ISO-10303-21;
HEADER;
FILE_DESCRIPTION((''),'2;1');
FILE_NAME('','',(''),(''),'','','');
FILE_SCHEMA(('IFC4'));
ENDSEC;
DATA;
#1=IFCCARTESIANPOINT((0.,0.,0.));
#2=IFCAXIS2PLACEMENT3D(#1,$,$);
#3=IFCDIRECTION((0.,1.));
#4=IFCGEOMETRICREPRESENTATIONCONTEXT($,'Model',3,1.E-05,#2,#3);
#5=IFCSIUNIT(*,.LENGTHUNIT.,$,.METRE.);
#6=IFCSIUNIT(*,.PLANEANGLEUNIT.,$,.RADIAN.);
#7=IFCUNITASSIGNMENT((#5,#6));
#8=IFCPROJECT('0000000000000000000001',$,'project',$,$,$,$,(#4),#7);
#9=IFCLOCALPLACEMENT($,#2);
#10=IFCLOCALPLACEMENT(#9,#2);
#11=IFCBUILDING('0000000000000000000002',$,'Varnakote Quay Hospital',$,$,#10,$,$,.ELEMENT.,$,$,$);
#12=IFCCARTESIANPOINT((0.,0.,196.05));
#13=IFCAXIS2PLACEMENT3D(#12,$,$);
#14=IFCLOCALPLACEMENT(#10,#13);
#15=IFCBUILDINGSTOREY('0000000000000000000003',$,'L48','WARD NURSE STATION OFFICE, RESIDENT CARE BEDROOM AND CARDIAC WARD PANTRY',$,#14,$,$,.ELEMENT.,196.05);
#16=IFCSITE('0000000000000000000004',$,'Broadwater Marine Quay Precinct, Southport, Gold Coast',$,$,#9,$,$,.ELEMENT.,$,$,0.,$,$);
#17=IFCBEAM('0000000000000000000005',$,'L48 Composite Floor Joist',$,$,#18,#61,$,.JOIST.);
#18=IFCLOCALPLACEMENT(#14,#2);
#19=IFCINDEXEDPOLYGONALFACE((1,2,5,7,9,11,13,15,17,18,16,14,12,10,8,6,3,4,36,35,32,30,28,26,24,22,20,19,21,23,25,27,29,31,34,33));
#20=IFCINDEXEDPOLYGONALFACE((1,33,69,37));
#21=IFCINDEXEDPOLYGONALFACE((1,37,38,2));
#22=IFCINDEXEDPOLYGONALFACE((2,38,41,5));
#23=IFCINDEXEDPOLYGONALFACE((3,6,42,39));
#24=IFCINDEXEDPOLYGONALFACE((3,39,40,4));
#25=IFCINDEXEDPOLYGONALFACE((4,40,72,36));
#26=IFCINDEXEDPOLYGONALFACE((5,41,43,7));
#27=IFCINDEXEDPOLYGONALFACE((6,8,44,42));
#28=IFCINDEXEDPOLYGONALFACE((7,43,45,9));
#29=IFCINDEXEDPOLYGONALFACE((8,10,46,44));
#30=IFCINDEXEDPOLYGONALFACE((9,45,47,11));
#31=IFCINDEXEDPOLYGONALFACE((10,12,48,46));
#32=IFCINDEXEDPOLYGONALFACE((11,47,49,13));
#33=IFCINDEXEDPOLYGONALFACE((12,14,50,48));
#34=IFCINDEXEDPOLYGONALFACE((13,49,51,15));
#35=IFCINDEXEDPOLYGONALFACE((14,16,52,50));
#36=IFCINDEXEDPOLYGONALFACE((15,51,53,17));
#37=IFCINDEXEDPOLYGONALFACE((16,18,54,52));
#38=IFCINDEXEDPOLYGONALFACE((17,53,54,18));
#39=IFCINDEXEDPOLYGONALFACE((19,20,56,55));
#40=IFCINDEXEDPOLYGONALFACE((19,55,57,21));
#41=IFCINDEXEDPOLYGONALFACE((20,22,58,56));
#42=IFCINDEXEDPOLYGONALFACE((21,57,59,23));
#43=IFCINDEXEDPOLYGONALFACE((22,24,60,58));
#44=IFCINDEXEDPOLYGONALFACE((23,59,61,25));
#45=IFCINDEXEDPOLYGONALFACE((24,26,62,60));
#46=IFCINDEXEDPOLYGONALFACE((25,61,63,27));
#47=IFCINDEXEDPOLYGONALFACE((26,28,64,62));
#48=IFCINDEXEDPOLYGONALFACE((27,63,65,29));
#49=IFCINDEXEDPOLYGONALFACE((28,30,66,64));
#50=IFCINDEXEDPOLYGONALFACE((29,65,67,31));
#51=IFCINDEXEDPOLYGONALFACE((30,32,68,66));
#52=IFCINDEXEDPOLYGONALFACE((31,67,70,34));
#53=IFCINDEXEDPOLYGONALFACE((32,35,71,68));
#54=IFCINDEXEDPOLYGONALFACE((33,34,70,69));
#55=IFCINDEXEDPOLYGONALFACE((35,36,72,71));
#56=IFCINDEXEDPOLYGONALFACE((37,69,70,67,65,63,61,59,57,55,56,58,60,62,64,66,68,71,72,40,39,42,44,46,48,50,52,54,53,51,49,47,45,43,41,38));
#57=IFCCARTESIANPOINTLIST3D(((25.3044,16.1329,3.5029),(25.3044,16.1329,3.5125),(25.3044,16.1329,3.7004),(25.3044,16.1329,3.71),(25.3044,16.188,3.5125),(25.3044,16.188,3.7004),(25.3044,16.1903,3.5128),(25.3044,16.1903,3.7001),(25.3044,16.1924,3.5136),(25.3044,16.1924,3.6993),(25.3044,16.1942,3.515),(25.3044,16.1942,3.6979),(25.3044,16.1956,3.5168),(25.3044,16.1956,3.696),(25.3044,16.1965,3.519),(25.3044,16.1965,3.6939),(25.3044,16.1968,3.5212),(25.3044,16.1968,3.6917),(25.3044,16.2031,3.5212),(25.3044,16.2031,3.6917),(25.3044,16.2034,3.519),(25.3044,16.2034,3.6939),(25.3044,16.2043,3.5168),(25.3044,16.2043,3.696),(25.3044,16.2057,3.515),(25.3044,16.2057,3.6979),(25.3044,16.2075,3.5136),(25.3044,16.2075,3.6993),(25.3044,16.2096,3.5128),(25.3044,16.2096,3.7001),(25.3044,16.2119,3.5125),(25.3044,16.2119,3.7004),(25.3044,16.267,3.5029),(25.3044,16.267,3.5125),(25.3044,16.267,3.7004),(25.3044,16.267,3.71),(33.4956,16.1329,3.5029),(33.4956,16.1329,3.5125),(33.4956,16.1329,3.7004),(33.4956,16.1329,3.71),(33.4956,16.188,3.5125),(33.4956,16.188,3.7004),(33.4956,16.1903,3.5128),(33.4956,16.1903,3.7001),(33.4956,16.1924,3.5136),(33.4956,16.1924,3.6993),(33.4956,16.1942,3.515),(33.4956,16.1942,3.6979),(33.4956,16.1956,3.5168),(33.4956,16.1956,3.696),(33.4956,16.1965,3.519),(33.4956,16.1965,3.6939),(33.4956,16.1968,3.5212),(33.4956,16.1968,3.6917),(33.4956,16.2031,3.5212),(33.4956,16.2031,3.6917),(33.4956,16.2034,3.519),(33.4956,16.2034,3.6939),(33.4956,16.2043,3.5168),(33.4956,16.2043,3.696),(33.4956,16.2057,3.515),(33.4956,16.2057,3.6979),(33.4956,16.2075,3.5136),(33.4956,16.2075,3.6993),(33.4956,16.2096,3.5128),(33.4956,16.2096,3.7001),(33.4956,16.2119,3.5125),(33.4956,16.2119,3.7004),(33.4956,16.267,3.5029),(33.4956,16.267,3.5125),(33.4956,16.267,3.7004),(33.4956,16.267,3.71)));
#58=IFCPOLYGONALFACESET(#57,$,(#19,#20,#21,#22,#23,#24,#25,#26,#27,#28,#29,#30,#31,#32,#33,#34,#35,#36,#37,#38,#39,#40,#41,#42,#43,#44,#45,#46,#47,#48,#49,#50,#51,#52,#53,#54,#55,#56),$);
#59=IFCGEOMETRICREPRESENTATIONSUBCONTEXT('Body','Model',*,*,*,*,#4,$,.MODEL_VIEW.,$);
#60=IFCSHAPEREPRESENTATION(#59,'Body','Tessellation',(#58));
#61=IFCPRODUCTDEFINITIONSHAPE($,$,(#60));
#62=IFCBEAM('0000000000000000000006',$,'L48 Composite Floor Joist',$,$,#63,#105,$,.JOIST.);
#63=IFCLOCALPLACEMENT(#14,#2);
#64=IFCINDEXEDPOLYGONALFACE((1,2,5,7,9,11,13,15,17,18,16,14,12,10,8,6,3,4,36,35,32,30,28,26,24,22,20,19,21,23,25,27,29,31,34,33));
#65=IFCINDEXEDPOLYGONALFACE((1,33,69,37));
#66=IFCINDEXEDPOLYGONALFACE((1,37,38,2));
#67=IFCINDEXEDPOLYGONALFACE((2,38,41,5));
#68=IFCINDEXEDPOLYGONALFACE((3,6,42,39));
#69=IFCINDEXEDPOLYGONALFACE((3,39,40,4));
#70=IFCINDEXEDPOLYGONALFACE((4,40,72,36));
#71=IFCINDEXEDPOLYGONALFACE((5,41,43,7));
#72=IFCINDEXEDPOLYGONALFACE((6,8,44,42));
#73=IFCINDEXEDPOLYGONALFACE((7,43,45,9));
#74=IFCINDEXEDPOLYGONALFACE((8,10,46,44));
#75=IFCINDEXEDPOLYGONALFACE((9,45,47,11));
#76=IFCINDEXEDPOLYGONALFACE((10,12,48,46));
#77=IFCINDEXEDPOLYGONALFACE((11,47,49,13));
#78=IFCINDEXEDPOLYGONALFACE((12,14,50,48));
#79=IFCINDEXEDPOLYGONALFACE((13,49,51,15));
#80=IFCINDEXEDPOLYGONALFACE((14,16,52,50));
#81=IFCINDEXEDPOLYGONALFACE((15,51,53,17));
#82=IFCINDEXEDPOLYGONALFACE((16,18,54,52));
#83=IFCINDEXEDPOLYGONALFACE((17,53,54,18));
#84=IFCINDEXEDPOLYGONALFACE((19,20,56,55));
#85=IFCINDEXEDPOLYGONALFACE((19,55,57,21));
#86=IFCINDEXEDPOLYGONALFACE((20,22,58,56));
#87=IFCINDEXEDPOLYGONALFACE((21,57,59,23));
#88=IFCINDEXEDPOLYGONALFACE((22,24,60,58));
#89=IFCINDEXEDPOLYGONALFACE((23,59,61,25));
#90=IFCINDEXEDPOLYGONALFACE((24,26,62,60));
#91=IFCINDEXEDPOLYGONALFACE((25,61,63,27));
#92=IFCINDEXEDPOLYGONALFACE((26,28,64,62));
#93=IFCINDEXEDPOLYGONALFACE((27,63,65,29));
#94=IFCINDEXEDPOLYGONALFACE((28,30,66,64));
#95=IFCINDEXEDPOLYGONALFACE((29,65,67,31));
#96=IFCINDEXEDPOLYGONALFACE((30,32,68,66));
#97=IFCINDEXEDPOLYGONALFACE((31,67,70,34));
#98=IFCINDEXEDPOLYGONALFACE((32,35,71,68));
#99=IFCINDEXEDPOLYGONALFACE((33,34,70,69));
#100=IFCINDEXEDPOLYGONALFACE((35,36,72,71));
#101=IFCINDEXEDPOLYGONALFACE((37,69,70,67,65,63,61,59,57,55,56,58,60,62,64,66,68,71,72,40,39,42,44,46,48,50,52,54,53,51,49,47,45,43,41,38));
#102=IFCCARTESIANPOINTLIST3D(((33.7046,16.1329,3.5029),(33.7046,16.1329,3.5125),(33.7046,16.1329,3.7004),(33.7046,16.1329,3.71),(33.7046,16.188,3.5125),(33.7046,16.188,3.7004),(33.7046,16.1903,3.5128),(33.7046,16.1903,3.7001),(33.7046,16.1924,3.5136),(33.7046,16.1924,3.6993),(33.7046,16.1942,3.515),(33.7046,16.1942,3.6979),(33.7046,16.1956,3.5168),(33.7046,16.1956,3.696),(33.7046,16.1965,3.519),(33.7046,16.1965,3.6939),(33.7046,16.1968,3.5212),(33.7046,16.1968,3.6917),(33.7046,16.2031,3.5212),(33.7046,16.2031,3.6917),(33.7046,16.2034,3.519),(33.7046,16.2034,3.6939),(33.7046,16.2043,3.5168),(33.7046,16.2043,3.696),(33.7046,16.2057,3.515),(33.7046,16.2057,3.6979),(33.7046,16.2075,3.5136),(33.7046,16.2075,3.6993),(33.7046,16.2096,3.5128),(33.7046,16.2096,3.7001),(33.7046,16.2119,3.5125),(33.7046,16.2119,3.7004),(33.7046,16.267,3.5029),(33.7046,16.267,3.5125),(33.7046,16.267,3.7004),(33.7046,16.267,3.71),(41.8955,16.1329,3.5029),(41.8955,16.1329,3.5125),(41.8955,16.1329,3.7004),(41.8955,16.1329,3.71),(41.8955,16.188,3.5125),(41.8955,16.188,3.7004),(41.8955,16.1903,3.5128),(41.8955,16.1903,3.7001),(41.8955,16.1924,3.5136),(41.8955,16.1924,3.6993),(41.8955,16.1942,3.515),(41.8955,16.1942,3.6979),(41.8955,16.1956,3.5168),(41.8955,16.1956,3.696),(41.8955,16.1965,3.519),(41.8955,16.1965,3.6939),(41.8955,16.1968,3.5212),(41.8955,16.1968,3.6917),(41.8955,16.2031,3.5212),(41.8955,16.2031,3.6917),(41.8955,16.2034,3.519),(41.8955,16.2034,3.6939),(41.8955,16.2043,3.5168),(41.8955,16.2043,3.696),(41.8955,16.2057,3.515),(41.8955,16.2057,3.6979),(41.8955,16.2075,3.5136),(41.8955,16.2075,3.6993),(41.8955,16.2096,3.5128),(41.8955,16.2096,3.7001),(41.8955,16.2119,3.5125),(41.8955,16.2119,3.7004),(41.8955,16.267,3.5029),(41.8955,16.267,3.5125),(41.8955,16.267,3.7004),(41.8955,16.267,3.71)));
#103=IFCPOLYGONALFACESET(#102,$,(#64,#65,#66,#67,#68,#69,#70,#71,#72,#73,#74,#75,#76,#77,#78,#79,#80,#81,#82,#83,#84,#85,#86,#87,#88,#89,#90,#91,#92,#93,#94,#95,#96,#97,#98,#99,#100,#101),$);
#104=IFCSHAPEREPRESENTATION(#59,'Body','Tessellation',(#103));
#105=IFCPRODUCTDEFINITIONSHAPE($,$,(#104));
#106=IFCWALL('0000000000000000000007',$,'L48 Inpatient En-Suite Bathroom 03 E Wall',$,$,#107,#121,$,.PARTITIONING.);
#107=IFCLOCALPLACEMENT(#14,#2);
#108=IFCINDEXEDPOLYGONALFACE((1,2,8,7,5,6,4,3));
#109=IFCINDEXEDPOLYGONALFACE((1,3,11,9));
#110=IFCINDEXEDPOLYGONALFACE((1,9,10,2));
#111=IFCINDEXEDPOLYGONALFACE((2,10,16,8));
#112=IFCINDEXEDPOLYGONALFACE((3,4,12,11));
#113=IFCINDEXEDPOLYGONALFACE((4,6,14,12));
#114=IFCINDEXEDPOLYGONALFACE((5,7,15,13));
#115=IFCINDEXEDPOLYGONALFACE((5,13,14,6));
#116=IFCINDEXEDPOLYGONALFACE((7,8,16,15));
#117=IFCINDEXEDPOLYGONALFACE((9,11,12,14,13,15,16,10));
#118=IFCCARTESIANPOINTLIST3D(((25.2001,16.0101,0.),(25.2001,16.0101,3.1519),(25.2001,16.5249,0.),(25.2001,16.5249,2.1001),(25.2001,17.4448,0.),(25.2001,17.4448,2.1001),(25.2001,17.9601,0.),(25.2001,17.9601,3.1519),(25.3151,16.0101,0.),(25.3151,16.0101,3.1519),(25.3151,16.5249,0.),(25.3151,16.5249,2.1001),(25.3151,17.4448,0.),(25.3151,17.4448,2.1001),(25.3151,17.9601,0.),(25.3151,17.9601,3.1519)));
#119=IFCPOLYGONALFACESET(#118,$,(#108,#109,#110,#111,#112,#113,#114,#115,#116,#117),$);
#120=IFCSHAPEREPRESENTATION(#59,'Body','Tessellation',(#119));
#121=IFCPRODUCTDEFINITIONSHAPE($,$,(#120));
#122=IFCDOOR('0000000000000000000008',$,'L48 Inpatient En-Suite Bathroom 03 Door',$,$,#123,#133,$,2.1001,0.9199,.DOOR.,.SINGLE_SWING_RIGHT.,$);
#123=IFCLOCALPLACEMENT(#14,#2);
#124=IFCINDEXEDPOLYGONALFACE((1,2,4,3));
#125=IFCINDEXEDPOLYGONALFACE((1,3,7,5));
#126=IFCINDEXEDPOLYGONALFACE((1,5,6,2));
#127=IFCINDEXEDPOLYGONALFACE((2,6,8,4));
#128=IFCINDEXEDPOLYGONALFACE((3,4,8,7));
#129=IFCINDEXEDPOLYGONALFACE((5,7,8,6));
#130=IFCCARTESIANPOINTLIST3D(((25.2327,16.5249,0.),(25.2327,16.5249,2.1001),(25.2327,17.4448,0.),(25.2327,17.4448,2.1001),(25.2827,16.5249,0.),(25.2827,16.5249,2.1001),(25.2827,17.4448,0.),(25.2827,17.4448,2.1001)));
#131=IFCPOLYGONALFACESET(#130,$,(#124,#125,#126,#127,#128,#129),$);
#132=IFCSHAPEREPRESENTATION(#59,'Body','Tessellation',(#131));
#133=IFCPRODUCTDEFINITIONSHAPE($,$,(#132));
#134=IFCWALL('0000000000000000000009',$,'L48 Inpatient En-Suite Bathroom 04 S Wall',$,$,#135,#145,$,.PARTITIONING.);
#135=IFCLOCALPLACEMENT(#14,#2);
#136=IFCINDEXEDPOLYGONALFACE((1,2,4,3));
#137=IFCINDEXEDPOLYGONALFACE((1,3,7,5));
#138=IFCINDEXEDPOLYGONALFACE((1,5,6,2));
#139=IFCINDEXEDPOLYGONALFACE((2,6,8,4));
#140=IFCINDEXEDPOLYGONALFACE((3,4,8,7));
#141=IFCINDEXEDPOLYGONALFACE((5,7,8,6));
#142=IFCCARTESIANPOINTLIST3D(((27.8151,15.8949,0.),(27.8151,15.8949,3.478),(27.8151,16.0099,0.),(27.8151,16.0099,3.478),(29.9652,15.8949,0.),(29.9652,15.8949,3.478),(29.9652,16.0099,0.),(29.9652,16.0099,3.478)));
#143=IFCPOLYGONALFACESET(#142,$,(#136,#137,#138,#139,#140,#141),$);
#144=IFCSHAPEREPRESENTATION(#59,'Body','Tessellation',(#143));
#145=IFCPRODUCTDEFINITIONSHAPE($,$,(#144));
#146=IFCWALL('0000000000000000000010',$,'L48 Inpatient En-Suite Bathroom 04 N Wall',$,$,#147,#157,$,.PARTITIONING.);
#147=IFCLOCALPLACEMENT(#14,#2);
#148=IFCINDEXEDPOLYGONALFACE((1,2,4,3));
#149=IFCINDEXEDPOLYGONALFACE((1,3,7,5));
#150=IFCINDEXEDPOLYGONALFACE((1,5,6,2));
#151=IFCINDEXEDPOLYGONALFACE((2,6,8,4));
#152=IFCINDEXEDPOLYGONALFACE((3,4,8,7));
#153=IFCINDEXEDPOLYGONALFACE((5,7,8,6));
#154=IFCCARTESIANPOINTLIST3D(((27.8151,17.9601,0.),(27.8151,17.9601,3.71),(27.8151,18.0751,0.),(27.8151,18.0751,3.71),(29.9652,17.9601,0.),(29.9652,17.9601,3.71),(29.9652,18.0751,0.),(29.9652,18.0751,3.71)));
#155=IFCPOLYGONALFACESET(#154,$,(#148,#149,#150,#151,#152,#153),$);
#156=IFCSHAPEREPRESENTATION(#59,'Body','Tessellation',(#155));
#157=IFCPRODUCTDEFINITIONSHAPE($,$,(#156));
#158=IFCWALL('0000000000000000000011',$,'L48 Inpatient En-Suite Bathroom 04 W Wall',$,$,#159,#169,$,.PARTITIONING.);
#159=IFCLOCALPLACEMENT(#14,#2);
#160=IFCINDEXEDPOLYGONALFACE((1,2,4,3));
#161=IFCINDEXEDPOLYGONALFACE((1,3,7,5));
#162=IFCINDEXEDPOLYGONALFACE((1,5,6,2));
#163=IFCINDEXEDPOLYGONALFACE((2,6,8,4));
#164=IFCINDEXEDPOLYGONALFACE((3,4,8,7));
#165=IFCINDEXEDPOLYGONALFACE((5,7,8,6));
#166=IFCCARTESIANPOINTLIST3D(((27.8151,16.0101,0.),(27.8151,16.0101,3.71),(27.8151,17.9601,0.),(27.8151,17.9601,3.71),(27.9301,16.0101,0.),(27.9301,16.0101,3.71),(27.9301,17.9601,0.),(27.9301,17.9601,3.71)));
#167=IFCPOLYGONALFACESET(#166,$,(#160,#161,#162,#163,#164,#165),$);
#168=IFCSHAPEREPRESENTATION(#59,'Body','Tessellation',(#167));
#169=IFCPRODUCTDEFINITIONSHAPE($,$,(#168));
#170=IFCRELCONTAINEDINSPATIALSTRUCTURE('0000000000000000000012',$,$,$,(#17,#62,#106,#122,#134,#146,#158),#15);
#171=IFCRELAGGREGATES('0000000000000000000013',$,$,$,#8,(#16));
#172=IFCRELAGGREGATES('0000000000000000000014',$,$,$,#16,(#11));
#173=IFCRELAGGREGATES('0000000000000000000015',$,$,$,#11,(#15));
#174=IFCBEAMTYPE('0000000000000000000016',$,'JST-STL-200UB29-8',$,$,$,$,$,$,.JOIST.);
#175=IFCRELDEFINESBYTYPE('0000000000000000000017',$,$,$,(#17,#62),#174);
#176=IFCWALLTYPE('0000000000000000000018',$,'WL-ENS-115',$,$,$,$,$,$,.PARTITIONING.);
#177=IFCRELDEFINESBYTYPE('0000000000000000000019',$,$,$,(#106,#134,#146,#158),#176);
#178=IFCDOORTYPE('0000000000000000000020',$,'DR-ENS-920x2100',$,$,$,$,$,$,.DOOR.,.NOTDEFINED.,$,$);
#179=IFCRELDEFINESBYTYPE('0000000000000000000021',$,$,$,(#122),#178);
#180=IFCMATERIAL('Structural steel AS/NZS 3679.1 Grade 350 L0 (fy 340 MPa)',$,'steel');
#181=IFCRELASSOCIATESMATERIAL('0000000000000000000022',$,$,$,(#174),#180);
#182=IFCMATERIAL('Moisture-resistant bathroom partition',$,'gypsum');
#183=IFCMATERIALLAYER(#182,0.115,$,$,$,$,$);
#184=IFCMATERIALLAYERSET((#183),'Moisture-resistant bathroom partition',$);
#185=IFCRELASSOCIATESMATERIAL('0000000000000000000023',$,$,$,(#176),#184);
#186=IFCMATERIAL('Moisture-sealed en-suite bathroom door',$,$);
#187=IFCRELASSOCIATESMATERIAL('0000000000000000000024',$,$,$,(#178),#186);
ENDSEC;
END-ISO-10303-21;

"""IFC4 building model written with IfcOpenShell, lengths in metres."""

from ifc_helpers import new_model, si_unit, direction, frame, frame_2d, origin, origin_2d, place, context, subcontext, project, spatial, rectangle, i_section, extrude, material, layer, layer_set, material_profile, profile_set, type_object, element, fill, save


model = new_model("IFC4")

# Units and contexts
model_context = context("Model", 3, precision=1e-05, world=origin(), true_north=direction((0.0, 1.0)))
body_context = subcontext(model_context, "Body", "Model", "MODEL_VIEW")
ifc_project = project(units=[si_unit("LENGTHUNIT", "METRE"), si_unit("PLANEANGLEUNIT", "RADIAN")], contexts=[model_context])

# Site, building, storey
site_placement = place(None, origin())
site = spatial("IfcSite", under=ifc_project, at=site_placement, Name="Broadwater Marine Quay Precinct, Southport, Gold Coast", CompositionType="ELEMENT", RefElevation=0.0)
building_placement = place(site_placement, origin())
building = spatial("IfcBuilding", under=site, at=building_placement, Name="Varnakote Quay Hospital", CompositionType="ELEMENT")
storey_placement = place(building_placement, frame((0.0, 0.0, 196.05)))
storey = spatial("IfcBuildingStorey", under=building, at=storey_placement, Name="L48", Description="WARD NURSE STATION OFFICE, RESIDENT CARE BEDROOM AND CARDIAC WARD PANTRY", CompositionType="ELEMENT", Elevation=196.05)

# Beams
ifc_material_1 = material(Name="Structural steel AS/NZS 3679.1 Grade 350 L0 (fy 340 MPa)", Category="steel")
ifc_material_profile_1 = material_profile(ifc_material_1, i_section(OverallWidth=0.134, OverallDepth=0.207, WebThickness=0.0063, FlangeThickness=0.0095, FilletRadius=0.0088, at=origin_2d()), Name="200UB29.8")
ifc_profile_set_1 = profile_set([ifc_material_profile_1], Name="Structural steel AS/NZS 3679.1 Grade 350 L0 (fy 340 MPa)")
beam_type_1 = type_object("IfcBeamType", Name="JST-STL-200UB29-8", PredefinedType="JOIST", material=ifc_profile_set_1)
beam_1_placement = place(storey_placement, frame((25.3044, 16.2, 3.6064), z_axis=(1.0, 0.0, 0.0), x_axis=(0.0, 1.0, 0.0)))
element("IfcBeam", 1, at=beam_1_placement, inside=storey, type_object=beam_type_1, Name="L48 Composite Floor Joist", PredefinedType="JOIST", context=body_context, shape_type="SweptSolid", body=[
    extrude(i_section(OverallWidth=0.134, OverallDepth=0.207, WebThickness=0.0063, FlangeThickness=0.0095, FilletRadius=0.0088, at=origin_2d()), origin(), (0.0, 0.0, 1.0), 8.1912),
])
beam_2_placement = place(storey_placement, frame((33.7046, 16.2, 3.6064), z_axis=(1.0, 0.0, 0.0), x_axis=(0.0, 1.0, 0.0)))
element("IfcBeam", 2, at=beam_2_placement, inside=storey, type_object=beam_type_1, Name="L48 Composite Floor Joist", PredefinedType="JOIST", context=body_context, shape_type="SweptSolid", body=[
    extrude(i_section(OverallWidth=0.134, OverallDepth=0.207, WebThickness=0.0063, FlangeThickness=0.0095, FilletRadius=0.0088, at=origin_2d()), origin(), (0.0, 0.0, 1.0), 8.1909),
])

# Wall, opening, door
ifc_material_2 = material(Name="Moisture-resistant bathroom partition", Category="gypsum")
ifc_layer_1 = layer(ifc_material_2, 0.115)
ifc_layer_set_1 = layer_set([ifc_layer_1], Name="Moisture-resistant bathroom partition")
wall_type_1 = type_object("IfcWallType", Name="WL-ENS-115", PredefinedType="PARTITIONING", material=ifc_layer_set_1)
wall_1_placement = place(storey_placement, frame((25.2576, 16.01, 0.0), z_axis=(0.0, 0.0, 1.0), x_axis=(0.0, 1.0, 0.0)))
wall_1 = element("IfcWall", 3, at=wall_1_placement, inside=storey, type_object=wall_type_1, Name="L48 Inpatient En-Suite Bathroom 03 E Wall", PredefinedType="PARTITIONING", context=body_context, shape_type="SweptSolid", body=[
    extrude(rectangle(XDim=1.95, YDim=0.115, at=frame_2d((0.9751, 0.0))), origin(), (0.0, 0.0, 1.0), 3.1519),
])
opening_1_placement = place(wall_1_placement, frame((0.5149, 0.0, 0.0)))
opening_1 = element("IfcOpeningElement", 4, at=opening_1_placement, cuts=wall_1, PredefinedType="OPENING", context=body_context, shape_type="SweptSolid", body=[
    extrude(rectangle(XDim=0.9199, YDim=2.1001, at=frame_2d((0.46, 1.05))), frame((0.0, 0.0674, 0.0), z_axis=(0.0, -1.0, 0.0), x_axis=(1.0, 0.0, 0.0)), (0.0, 0.0, 1.0), 0.135),
])
ifc_material_3 = material(Name="Moisture-sealed en-suite bathroom door")
door_type = type_object("IfcDoorType", Name="DR-ENS-920x2100", OperationType="NOTDEFINED", PredefinedType="DOOR", material=ifc_material_3)
door_1_placement = place(opening_1_placement, origin())
door_1 = element("IfcDoor", 5, at=door_1_placement, inside=storey, type_object=door_type, Name="L48 Inpatient En-Suite Bathroom 03 Door", OperationType="SINGLE_SWING_RIGHT", OverallHeight=2.1001, OverallWidth=0.9199, PredefinedType="DOOR", context=body_context, shape_type="SweptSolid", body=[
    extrude(rectangle(XDim=0.9199, YDim=2.1001, at=frame_2d((0.46, 1.05))), frame((0.0, 0.0249, 0.0), z_axis=(0.0, -1.0, 0.0), x_axis=(1.0, 0.0, 0.0)), (0.0, 0.0, 1.0), 0.05),
])
fill(opening_1, door_1)

# Walls
wall_2_placement = place(storey_placement, frame((27.8149, 15.9524, 0.0), z_axis=(0.0, 0.0, 1.0), x_axis=(1.0, 0.0, 0.0)))
element("IfcWall", 6, at=wall_2_placement, inside=storey, type_object=wall_type_1, Name="L48 Inpatient En-Suite Bathroom 04 S Wall", PredefinedType="PARTITIONING", context=body_context, shape_type="SweptSolid", body=[
    extrude(rectangle(XDim=2.1501, YDim=0.115, at=frame_2d((1.0752, 0.0))), origin(), (0.0, 0.0, 1.0), 3.478),
])
wall_3_placement = place(storey_placement, frame((27.8149, 18.0176, 0.0), z_axis=(0.0, 0.0, 1.0), x_axis=(1.0, 0.0, 0.0)))
element("IfcWall", 7, at=wall_3_placement, inside=storey, type_object=wall_type_1, Name="L48 Inpatient En-Suite Bathroom 04 N Wall", PredefinedType="PARTITIONING", context=body_context, shape_type="SweptSolid", body=[
    extrude(rectangle(XDim=2.1501, YDim=0.115, at=frame_2d((1.0752, 0.0))), origin(), (0.0, 0.0, 1.0), 3.71),
])
wall_4_placement = place(storey_placement, frame((27.8726, 16.01, 0.0), z_axis=(0.0, 0.0, 1.0), x_axis=(0.0, 1.0, 0.0)))
element("IfcWall", 8, at=wall_4_placement, inside=storey, type_object=wall_type_1, Name="L48 Inpatient En-Suite Bathroom 04 W Wall", PredefinedType="PARTITIONING", context=body_context, shape_type="SweptSolid", body=[
    extrude(rectangle(XDim=1.95, YDim=0.115, at=frame_2d((0.9751, 0.0))), origin(), (0.0, 0.0, 1.0), 3.71),
])

save(model, "model.ifc")
